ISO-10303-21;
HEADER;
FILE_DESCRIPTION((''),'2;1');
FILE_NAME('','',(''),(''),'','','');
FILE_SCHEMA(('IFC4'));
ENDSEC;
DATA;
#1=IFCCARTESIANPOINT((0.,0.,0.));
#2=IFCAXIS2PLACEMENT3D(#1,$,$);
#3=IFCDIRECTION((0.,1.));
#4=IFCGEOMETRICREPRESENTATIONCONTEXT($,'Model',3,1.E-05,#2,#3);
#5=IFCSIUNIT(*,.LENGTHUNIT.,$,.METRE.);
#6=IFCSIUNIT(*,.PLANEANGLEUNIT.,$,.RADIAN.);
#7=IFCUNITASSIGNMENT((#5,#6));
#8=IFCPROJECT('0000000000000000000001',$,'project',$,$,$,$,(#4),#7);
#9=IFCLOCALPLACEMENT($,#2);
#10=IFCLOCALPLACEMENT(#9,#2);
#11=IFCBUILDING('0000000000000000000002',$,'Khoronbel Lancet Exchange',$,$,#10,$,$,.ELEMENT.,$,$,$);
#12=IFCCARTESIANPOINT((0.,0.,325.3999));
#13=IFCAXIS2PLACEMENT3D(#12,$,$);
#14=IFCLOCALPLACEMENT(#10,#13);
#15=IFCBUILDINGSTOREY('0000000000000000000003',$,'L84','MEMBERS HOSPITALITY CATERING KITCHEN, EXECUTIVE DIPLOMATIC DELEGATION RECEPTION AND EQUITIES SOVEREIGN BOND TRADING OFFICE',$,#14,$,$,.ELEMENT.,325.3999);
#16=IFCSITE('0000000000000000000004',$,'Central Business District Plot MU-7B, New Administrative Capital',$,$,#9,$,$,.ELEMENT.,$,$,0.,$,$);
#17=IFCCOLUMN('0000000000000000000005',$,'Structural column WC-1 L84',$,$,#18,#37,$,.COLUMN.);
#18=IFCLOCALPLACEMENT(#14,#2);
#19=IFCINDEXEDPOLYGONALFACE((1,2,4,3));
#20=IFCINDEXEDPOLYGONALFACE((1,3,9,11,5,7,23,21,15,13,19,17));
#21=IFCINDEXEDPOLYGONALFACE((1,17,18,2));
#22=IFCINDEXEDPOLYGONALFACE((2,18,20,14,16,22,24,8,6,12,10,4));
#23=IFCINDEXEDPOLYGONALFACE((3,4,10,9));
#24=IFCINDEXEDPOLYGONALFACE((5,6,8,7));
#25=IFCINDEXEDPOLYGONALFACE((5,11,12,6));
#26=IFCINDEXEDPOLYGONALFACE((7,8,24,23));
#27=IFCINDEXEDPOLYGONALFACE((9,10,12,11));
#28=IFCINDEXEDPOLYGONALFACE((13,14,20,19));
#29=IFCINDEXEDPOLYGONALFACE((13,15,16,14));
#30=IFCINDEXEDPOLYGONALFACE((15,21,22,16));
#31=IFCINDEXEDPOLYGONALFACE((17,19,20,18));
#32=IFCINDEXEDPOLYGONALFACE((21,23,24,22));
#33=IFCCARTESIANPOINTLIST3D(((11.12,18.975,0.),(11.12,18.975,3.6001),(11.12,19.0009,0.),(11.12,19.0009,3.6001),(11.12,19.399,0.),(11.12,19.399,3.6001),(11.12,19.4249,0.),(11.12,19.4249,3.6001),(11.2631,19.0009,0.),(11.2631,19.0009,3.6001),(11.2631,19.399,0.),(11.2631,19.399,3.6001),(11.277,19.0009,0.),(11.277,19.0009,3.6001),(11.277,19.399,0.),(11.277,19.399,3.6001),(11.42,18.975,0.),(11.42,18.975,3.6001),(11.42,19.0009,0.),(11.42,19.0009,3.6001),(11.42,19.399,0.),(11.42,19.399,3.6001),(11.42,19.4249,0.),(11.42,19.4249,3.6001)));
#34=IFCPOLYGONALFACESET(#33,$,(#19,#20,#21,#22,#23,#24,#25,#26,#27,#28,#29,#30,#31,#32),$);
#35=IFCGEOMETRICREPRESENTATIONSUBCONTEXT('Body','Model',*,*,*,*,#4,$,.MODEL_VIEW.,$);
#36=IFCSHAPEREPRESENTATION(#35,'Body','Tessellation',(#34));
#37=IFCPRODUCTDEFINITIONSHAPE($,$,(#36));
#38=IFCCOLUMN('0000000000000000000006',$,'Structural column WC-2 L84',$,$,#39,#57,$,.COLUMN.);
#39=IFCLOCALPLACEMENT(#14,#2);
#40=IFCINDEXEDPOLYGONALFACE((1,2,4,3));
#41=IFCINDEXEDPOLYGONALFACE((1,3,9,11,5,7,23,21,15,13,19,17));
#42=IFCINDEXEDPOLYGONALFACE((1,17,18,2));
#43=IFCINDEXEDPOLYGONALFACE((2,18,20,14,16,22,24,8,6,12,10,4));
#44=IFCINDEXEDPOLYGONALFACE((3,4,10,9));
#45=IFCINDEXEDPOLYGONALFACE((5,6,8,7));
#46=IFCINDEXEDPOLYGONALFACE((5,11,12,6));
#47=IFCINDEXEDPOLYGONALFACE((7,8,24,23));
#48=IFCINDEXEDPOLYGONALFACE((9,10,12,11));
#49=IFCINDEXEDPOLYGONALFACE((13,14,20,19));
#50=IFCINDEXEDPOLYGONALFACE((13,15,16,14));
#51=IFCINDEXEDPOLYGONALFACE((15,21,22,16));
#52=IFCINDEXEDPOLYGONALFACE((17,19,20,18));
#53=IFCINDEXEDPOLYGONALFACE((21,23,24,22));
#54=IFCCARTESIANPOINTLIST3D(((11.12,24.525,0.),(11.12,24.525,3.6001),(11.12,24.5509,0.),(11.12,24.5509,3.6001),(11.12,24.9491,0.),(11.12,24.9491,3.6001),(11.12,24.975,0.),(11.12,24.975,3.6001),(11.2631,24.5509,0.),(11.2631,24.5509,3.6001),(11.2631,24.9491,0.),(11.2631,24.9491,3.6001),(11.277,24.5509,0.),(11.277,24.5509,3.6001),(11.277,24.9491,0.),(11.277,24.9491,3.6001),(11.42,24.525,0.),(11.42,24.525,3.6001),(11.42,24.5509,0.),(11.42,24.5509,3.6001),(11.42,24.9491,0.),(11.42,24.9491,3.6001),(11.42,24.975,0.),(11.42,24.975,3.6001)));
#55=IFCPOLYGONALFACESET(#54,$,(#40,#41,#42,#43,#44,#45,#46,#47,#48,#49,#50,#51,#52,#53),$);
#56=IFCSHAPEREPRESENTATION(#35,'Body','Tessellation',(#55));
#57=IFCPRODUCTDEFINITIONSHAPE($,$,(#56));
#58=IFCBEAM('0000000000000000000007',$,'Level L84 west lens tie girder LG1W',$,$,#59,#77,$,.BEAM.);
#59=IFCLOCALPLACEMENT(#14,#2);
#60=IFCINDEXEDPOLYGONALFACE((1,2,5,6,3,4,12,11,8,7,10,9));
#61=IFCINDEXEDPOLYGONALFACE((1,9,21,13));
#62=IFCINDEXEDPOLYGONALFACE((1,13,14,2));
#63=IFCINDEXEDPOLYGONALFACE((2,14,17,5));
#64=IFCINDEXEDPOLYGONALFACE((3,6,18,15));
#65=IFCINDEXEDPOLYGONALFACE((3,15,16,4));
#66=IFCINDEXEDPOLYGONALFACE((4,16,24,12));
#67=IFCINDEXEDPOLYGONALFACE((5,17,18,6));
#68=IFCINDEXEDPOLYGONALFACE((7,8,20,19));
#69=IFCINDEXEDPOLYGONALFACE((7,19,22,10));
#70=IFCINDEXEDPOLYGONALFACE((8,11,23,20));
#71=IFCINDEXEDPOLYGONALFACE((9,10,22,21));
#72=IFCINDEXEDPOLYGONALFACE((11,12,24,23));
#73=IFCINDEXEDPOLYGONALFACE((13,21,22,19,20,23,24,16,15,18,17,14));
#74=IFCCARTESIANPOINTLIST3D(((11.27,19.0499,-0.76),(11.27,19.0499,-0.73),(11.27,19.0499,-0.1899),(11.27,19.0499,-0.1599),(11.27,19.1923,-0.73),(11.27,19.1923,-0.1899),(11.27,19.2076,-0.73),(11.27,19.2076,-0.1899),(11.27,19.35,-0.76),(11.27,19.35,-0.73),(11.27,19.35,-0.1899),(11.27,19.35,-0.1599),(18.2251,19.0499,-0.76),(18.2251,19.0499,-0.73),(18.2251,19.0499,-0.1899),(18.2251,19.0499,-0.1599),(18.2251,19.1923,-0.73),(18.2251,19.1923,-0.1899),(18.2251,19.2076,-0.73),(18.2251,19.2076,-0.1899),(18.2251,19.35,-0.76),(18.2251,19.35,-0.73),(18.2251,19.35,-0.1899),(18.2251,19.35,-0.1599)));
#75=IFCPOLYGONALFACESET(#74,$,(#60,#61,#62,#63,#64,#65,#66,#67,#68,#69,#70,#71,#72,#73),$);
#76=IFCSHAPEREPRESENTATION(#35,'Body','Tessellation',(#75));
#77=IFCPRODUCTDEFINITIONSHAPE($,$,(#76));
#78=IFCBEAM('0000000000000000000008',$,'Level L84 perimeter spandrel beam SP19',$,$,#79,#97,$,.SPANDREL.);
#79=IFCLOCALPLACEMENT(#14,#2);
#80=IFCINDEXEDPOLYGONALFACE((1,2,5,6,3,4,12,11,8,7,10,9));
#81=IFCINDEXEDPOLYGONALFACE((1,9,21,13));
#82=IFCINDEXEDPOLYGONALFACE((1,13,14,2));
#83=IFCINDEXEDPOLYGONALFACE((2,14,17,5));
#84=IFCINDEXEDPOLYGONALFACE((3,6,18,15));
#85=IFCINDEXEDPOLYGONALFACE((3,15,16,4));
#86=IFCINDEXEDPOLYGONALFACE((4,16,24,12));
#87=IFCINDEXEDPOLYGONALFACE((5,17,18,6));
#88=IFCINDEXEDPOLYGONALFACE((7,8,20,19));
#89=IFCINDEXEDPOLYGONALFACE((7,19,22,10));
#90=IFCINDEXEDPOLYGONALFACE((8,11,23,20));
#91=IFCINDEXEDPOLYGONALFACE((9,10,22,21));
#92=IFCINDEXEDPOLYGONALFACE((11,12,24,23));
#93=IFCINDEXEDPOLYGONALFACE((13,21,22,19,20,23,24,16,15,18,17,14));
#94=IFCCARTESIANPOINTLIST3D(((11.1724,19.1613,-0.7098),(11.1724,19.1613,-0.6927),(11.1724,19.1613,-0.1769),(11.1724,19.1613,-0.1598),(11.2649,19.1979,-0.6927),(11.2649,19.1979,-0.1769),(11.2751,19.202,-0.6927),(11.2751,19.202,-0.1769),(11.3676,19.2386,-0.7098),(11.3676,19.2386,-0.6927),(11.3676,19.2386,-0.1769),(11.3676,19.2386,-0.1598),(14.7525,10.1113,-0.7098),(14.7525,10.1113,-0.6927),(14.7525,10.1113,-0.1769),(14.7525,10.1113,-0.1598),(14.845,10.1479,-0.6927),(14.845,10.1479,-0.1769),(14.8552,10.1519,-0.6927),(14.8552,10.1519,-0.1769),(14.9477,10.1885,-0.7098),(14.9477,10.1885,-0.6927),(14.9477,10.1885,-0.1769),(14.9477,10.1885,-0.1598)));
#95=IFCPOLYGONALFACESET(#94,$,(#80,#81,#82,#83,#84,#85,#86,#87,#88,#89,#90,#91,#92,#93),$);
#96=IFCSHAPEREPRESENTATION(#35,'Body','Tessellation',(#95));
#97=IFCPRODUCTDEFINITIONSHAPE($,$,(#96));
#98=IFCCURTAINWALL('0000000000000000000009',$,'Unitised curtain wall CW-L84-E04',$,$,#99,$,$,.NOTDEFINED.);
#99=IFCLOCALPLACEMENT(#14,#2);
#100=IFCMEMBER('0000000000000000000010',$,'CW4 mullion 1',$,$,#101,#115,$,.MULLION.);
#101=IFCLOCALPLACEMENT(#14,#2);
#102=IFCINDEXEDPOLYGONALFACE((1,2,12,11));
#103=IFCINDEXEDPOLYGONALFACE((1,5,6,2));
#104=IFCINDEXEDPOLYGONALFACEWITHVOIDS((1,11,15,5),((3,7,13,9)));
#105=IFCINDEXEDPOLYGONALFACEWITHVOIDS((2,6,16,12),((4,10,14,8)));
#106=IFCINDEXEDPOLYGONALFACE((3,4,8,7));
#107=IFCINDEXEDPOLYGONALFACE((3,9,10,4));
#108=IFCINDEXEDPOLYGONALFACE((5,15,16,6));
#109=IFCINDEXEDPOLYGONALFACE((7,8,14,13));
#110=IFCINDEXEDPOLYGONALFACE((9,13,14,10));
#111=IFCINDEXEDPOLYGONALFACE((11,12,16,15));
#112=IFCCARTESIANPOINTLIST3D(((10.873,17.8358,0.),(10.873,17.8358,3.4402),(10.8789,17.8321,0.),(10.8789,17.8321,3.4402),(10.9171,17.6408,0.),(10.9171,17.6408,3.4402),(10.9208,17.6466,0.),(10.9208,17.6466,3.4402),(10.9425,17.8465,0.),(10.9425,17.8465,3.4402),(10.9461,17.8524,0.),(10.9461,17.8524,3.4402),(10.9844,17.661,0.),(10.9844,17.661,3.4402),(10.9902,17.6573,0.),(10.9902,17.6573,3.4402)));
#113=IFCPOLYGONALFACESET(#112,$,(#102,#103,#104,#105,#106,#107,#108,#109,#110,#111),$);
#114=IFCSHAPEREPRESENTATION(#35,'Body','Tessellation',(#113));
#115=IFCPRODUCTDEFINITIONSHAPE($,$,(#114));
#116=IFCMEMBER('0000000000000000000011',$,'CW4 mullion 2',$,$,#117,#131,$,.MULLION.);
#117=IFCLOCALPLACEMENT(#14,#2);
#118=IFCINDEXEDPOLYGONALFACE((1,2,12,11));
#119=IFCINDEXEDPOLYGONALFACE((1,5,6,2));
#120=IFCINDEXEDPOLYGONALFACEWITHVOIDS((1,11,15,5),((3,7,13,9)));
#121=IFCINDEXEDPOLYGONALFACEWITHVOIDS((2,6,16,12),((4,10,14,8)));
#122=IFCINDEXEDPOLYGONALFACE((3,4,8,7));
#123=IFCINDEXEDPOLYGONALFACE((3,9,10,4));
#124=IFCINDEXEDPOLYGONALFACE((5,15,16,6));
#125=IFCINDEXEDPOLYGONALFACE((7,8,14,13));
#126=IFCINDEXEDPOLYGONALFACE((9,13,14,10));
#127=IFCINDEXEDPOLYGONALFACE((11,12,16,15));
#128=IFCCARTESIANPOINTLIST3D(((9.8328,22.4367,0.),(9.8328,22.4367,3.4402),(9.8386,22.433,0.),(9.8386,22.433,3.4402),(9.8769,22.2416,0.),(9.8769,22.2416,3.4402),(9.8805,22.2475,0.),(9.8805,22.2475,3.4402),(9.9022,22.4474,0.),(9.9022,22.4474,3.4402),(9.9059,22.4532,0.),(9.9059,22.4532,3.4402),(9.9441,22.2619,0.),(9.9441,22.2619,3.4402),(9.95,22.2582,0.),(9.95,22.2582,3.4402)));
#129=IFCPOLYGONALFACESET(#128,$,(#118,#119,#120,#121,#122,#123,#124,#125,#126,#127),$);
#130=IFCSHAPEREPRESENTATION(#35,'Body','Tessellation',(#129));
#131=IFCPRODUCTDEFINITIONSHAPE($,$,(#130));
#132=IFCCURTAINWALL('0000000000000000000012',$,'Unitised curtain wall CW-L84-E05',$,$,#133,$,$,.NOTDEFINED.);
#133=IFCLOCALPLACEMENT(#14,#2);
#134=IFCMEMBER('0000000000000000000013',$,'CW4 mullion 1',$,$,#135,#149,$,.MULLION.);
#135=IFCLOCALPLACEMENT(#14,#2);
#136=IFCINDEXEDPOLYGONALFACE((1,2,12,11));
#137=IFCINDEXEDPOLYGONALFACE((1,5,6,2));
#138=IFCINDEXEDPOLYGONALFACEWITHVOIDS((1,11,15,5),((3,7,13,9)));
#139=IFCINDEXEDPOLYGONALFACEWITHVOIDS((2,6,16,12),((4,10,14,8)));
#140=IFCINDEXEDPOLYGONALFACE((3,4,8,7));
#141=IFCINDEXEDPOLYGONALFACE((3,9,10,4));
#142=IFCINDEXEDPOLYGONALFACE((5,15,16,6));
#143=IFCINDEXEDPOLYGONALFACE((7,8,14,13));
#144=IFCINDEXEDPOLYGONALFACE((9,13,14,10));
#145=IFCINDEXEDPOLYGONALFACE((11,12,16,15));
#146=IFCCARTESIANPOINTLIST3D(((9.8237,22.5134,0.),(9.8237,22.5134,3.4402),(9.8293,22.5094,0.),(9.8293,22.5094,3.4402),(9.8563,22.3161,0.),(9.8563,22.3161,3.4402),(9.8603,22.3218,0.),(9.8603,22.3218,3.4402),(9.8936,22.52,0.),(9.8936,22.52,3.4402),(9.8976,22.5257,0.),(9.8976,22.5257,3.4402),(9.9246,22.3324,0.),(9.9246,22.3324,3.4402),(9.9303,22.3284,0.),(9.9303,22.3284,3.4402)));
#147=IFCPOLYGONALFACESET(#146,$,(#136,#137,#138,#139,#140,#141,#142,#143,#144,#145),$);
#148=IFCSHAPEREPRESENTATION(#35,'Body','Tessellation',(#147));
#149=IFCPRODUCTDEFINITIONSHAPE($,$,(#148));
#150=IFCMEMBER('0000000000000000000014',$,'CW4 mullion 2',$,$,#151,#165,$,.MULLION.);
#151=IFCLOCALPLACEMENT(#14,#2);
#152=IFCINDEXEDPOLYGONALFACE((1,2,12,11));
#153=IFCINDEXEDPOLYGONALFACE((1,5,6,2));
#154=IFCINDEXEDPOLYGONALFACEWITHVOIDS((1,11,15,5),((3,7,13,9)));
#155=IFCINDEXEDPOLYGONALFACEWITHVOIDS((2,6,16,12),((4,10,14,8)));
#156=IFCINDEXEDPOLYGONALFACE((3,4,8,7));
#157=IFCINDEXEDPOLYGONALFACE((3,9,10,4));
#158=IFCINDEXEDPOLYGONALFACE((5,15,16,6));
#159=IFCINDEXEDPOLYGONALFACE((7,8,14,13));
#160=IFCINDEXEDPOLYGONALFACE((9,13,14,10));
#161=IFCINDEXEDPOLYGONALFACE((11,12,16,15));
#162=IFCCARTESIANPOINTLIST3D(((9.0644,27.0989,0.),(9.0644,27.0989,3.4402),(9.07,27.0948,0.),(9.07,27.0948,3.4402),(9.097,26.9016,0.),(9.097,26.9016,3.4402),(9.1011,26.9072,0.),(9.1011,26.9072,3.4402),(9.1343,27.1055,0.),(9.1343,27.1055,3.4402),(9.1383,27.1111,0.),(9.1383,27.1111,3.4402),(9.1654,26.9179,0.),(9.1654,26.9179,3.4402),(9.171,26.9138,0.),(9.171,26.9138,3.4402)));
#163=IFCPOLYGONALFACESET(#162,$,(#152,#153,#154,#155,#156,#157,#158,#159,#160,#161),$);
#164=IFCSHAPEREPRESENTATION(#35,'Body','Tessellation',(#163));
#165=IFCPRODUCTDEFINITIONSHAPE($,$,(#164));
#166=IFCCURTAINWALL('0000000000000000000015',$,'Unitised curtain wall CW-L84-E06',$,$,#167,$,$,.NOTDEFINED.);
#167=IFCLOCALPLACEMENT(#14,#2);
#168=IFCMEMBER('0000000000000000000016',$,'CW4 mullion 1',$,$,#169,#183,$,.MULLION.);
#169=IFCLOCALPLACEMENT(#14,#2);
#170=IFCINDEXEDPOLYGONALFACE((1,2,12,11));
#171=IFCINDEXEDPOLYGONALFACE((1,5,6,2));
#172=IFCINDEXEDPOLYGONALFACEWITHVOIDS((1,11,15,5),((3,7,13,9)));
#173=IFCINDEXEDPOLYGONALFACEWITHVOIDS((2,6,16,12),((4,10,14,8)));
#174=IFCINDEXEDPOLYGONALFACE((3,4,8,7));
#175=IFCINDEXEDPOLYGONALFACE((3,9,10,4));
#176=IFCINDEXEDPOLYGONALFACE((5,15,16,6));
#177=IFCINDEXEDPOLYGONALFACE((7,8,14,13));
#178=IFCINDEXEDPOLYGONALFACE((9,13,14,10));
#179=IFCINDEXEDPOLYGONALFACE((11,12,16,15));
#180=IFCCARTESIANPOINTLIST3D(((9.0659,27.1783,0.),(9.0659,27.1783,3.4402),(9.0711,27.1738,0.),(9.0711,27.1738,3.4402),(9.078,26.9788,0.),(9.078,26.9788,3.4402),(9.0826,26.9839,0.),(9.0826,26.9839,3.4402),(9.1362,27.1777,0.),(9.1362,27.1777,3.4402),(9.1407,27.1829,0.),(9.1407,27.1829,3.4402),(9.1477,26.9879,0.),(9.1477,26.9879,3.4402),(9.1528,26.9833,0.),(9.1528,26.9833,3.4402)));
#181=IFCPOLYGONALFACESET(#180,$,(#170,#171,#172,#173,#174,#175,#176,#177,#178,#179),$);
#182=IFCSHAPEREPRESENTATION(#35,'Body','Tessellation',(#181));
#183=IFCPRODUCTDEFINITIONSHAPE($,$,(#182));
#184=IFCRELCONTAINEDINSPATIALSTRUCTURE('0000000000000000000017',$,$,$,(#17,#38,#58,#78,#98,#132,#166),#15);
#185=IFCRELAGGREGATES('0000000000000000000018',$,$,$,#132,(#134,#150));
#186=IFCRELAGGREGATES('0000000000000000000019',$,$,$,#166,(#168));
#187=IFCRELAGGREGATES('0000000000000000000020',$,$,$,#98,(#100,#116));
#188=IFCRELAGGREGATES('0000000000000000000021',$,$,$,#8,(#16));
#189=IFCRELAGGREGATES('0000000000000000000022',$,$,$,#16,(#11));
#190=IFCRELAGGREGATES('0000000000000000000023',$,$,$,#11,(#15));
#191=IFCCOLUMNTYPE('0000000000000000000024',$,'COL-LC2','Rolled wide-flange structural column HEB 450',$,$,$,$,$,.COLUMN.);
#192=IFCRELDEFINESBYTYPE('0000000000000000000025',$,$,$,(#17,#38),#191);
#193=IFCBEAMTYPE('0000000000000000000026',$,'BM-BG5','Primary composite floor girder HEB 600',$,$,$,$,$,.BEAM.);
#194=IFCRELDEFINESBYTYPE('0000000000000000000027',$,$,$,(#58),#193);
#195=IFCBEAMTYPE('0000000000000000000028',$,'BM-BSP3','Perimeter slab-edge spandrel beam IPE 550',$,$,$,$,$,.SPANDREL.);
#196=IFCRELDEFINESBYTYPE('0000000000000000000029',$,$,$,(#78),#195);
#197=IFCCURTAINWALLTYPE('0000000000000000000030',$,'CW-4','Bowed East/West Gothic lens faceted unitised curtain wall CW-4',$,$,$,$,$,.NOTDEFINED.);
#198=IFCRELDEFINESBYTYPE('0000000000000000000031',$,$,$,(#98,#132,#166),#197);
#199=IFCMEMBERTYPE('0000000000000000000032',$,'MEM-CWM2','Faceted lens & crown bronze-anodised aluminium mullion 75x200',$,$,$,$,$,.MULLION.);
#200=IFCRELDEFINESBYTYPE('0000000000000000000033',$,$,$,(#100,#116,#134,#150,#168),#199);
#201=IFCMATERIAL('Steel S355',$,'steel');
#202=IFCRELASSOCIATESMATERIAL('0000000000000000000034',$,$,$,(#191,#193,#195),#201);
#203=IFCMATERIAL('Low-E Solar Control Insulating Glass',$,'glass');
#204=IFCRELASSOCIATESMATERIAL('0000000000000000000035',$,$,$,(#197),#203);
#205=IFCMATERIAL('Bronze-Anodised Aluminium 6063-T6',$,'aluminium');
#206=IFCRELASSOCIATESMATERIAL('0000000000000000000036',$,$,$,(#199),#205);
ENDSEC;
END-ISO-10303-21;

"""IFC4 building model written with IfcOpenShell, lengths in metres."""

from ifc_helpers import new_model, si_unit, direction, frame, origin, origin_2d, place, context, subcontext, project, spatial, hollow_rectangle, i_section, extrude, material, material_profile, profile_set, type_object, element, aggregate, save


model = new_model("IFC4")

# Units and contexts
model_context = context("Model", 3, precision=1e-05, world=origin(), true_north=direction((0.0, 1.0)))
body_context = subcontext(model_context, "Body", "Model", "MODEL_VIEW")
ifc_project = project(units=[si_unit("LENGTHUNIT", "METRE"), si_unit("PLANEANGLEUNIT", "RADIAN")], contexts=[model_context])

# Site, building, storey
site_placement = place(None, origin())
site = spatial("IfcSite", under=ifc_project, at=site_placement, Name="Central Business District Plot MU-7B, New Administrative Capital", CompositionType="ELEMENT", RefElevation=0.0)
building_placement = place(site_placement, origin())
building = spatial("IfcBuilding", under=site, at=building_placement, Name="Khoronbel Lancet Exchange", CompositionType="ELEMENT")
storey_placement = place(building_placement, frame((0.0, 0.0, 325.3999)))
storey = spatial("IfcBuildingStorey", under=building, at=storey_placement, Name="L84", Description="MEMBERS HOSPITALITY CATERING KITCHEN, EXECUTIVE DIPLOMATIC DELEGATION RECEPTION AND EQUITIES SOVEREIGN BOND TRADING OFFICE", CompositionType="ELEMENT", Elevation=325.3999)

# Columns
ifc_material_1 = material(Name="Steel S355", Category="steel")
ifc_material_profile_1 = material_profile(ifc_material_1, i_section(OverallWidth=0.3, OverallDepth=0.45, WebThickness=0.0139, FlangeThickness=0.0259, at=origin_2d()), Name="HEB 450")
ifc_profile_set_1 = profile_set([ifc_material_profile_1], Name="Steel S355")
column_type = type_object("IfcColumnType", Name="COL-LC2", Description="Rolled wide-flange structural column HEB 450", PredefinedType="COLUMN", material=ifc_profile_set_1)
for number, where, z_axis, x_axis, name in (
    (1, (11.27, 19.2, 0.0), (0.0, 0.0, 1.0), (1.0, 0.0, 0.0), "Structural column WC-1 L84"),
    (2, (11.27, 24.75, 0.0), (0.0, 0.0, 1.0), (1.0, 0.0, 0.0), "Structural column WC-2 L84"),
):
    element("IfcColumn", number, at=place(storey_placement, frame(where, z_axis=z_axis, x_axis=x_axis)), inside=storey, type_object=column_type, Name=name, PredefinedType="COLUMN", context=body_context, shape_type="SweptSolid", body=[
        extrude(i_section(OverallWidth=0.3, OverallDepth=0.45, WebThickness=0.0139, FlangeThickness=0.0259, at=origin_2d()), origin(), (0.0, 0.0, 1.0), 3.6001),
    ])

# Beams
ifc_material_profile_2 = material_profile(ifc_material_1, i_section(OverallWidth=0.3, OverallDepth=0.6001, WebThickness=0.0154, FlangeThickness=0.03, at=origin_2d()), Name="HEB 600")
ifc_profile_set_2 = profile_set([ifc_material_profile_2], Name="Steel S355")
beam_type_1 = type_object("IfcBeamType", Name="BM-BG5", Description="Primary composite floor girder HEB 600", PredefinedType="BEAM", material=ifc_profile_set_2)
beam_1_placement = place(storey_placement, frame((11.27, 19.2, -0.46), z_axis=(1.0, 0.0, 0.0), x_axis=(0.0, 1.0, 0.0)))
element("IfcBeam", 3, at=beam_1_placement, inside=storey, type_object=beam_type_1, Name="Level L84 west lens tie girder LG1W", PredefinedType="BEAM", context=body_context, shape_type="SweptSolid", body=[
    extrude(i_section(OverallWidth=0.3, OverallDepth=0.6001, WebThickness=0.0154, FlangeThickness=0.03, at=origin_2d()), origin(), (0.0, 0.0, 1.0), 6.9551),
])
ifc_material_profile_3 = material_profile(ifc_material_1, i_section(OverallWidth=0.21, OverallDepth=0.55, WebThickness=0.011, FlangeThickness=0.0171, at=origin_2d()), Name="IPE 550")
ifc_profile_set_3 = profile_set([ifc_material_profile_3], Name="Steel S355")
beam_type_2 = type_object("IfcBeamType", Name="BM-BSP3", Description="Perimeter slab-edge spandrel beam IPE 550", PredefinedType="SPANDREL", material=ifc_profile_set_3)
beam_2_placement = place(storey_placement, frame((11.27, 19.2, -0.4348), z_axis=(0.36785, -0.929885, 0.0), x_axis=(0.929885, 0.36785, 0.0)))
element("IfcBeam", 4, at=beam_2_placement, inside=storey, type_object=beam_type_2, Name="Level L84 perimeter spandrel beam SP19", PredefinedType="SPANDREL", context=body_context, shape_type="SweptSolid", body=[
    extrude(i_section(OverallWidth=0.21, OverallDepth=0.55, WebThickness=0.011, FlangeThickness=0.0171, at=origin_2d()), origin(), (0.0, 0.0, 1.0), 9.7324),
])

# Curtain walls, members
ifc_material_2 = material(Name="Low-E Solar Control Insulating Glass", Category="glass")
curtain_wall_type = type_object("IfcCurtainWallType", Name="CW-4", Description="Bowed East/West Gothic lens faceted unitised curtain wall CW-4", PredefinedType="NOTDEFINED", material=ifc_material_2)
curtain_wall_1_placement = place(storey_placement, origin())
curtain_wall_1 = element("IfcCurtainWall", 5, at=curtain_wall_1_placement, inside=storey, type_object=curtain_wall_type, Name="Unitised curtain wall CW-L84-E04", PredefinedType="NOTDEFINED")
ifc_material_3 = material(Name="Bronze-Anodised Aluminium 6063-T6", Category="aluminium")
ifc_material_profile_4 = material_profile(ifc_material_3, hollow_rectangle(XDim=0.075, YDim=0.2, WallThickness=0.0049, at=origin_2d()), Name="ALU MULLION 75x200")
ifc_profile_set_4 = profile_set([ifc_material_profile_4], Name="Bronze-Anodised Aluminium 6063-T6")
member_type_1 = type_object("IfcMemberType", Name="MEM-CWM2", Description="Faceted lens & crown bronze-anodised aluminium mullion 75x200", PredefinedType="MULLION", material=ifc_profile_set_4)
member_1_placement = place(storey_placement, frame((10.9316, 17.7466, 0.0), z_axis=(0.0, 0.0, 1.0), x_axis=(-0.975369, -0.220579, 0.0)))
member_1 = element("IfcMember", 6, at=member_1_placement, type_object=member_type_1, Name="CW4 mullion 1", PredefinedType="MULLION", context=body_context, shape_type="SweptSolid", body=[
    extrude(hollow_rectangle(XDim=0.075, YDim=0.2, WallThickness=0.0049, at=origin_2d()), origin(), (0.0, 0.0, 1.0), 3.4402),
])
member_2_placement = place(storey_placement, frame((9.8914, 22.3474, 0.0), z_axis=(0.0, 0.0, 1.0), x_axis=(-0.975369, -0.220579, 0.0)))
member_2 = element("IfcMember", 7, at=member_2_placement, type_object=member_type_1, Name="CW4 mullion 2", PredefinedType="MULLION", context=body_context, shape_type="SweptSolid", body=[
    extrude(hollow_rectangle(XDim=0.075, YDim=0.2, WallThickness=0.0049, at=origin_2d()), origin(), (0.0, 0.0, 1.0), 3.4402),
])
curtain_wall_2_placement = place(storey_placement, origin())
curtain_wall_2 = element("IfcCurtainWall", 8, at=curtain_wall_2_placement, inside=storey, type_object=curtain_wall_type, Name="Unitised curtain wall CW-L84-E05", PredefinedType="NOTDEFINED")
member_3_placement = place(storey_placement, frame((9.877, 22.4209, 0.0), z_axis=(0.0, 0.0, 1.0), x_axis=(-0.986571, -0.163334, 0.0)))
member_3 = element("IfcMember", 9, at=member_3_placement, type_object=member_type_1, Name="CW4 mullion 1", PredefinedType="MULLION", context=body_context, shape_type="SweptSolid", body=[
    extrude(hollow_rectangle(XDim=0.075, YDim=0.2, WallThickness=0.0049, at=origin_2d()), origin(), (0.0, 0.0, 1.0), 3.4402),
])
member_4_placement = place(storey_placement, frame((9.1177, 27.0063, 0.0), z_axis=(0.0, 0.0, 1.0), x_axis=(-0.986571, -0.163334, 0.0)))
member_4 = element("IfcMember", 10, at=member_4_placement, type_object=member_type_1, Name="CW4 mullion 2", PredefinedType="MULLION", context=body_context, shape_type="SweptSolid", body=[
    extrude(hollow_rectangle(XDim=0.075, YDim=0.2, WallThickness=0.0049, at=origin_2d()), origin(), (0.0, 0.0, 1.0), 3.4402),
])
curtain_wall_3_placement = place(storey_placement, origin())
curtain_wall_3 = element("IfcCurtainWall", 11, at=curtain_wall_3_placement, inside=storey, type_object=curtain_wall_type, Name="Unitised curtain wall CW-L84-E06", PredefinedType="NOTDEFINED")
member_5_placement = place(storey_placement, frame((9.1094, 27.0808, 0.0), z_axis=(0.0, 0.0, 1.0), x_axis=(-0.998169, -0.060491, 0.0)))
member_5 = element("IfcMember", 12, at=member_5_placement, type_object=member_type_1, Name="CW4 mullion 1", PredefinedType="MULLION", context=body_context, shape_type="SweptSolid", body=[
    extrude(hollow_rectangle(XDim=0.075, YDim=0.2, WallThickness=0.0049, at=origin_2d()), origin(), (0.0, 0.0, 1.0), 3.4402),
])

aggregate(curtain_wall_2, [member_3, member_4])
aggregate(curtain_wall_3, [member_5])
aggregate(curtain_wall_1, [member_1, member_2])

save(model, "model.ifc")
